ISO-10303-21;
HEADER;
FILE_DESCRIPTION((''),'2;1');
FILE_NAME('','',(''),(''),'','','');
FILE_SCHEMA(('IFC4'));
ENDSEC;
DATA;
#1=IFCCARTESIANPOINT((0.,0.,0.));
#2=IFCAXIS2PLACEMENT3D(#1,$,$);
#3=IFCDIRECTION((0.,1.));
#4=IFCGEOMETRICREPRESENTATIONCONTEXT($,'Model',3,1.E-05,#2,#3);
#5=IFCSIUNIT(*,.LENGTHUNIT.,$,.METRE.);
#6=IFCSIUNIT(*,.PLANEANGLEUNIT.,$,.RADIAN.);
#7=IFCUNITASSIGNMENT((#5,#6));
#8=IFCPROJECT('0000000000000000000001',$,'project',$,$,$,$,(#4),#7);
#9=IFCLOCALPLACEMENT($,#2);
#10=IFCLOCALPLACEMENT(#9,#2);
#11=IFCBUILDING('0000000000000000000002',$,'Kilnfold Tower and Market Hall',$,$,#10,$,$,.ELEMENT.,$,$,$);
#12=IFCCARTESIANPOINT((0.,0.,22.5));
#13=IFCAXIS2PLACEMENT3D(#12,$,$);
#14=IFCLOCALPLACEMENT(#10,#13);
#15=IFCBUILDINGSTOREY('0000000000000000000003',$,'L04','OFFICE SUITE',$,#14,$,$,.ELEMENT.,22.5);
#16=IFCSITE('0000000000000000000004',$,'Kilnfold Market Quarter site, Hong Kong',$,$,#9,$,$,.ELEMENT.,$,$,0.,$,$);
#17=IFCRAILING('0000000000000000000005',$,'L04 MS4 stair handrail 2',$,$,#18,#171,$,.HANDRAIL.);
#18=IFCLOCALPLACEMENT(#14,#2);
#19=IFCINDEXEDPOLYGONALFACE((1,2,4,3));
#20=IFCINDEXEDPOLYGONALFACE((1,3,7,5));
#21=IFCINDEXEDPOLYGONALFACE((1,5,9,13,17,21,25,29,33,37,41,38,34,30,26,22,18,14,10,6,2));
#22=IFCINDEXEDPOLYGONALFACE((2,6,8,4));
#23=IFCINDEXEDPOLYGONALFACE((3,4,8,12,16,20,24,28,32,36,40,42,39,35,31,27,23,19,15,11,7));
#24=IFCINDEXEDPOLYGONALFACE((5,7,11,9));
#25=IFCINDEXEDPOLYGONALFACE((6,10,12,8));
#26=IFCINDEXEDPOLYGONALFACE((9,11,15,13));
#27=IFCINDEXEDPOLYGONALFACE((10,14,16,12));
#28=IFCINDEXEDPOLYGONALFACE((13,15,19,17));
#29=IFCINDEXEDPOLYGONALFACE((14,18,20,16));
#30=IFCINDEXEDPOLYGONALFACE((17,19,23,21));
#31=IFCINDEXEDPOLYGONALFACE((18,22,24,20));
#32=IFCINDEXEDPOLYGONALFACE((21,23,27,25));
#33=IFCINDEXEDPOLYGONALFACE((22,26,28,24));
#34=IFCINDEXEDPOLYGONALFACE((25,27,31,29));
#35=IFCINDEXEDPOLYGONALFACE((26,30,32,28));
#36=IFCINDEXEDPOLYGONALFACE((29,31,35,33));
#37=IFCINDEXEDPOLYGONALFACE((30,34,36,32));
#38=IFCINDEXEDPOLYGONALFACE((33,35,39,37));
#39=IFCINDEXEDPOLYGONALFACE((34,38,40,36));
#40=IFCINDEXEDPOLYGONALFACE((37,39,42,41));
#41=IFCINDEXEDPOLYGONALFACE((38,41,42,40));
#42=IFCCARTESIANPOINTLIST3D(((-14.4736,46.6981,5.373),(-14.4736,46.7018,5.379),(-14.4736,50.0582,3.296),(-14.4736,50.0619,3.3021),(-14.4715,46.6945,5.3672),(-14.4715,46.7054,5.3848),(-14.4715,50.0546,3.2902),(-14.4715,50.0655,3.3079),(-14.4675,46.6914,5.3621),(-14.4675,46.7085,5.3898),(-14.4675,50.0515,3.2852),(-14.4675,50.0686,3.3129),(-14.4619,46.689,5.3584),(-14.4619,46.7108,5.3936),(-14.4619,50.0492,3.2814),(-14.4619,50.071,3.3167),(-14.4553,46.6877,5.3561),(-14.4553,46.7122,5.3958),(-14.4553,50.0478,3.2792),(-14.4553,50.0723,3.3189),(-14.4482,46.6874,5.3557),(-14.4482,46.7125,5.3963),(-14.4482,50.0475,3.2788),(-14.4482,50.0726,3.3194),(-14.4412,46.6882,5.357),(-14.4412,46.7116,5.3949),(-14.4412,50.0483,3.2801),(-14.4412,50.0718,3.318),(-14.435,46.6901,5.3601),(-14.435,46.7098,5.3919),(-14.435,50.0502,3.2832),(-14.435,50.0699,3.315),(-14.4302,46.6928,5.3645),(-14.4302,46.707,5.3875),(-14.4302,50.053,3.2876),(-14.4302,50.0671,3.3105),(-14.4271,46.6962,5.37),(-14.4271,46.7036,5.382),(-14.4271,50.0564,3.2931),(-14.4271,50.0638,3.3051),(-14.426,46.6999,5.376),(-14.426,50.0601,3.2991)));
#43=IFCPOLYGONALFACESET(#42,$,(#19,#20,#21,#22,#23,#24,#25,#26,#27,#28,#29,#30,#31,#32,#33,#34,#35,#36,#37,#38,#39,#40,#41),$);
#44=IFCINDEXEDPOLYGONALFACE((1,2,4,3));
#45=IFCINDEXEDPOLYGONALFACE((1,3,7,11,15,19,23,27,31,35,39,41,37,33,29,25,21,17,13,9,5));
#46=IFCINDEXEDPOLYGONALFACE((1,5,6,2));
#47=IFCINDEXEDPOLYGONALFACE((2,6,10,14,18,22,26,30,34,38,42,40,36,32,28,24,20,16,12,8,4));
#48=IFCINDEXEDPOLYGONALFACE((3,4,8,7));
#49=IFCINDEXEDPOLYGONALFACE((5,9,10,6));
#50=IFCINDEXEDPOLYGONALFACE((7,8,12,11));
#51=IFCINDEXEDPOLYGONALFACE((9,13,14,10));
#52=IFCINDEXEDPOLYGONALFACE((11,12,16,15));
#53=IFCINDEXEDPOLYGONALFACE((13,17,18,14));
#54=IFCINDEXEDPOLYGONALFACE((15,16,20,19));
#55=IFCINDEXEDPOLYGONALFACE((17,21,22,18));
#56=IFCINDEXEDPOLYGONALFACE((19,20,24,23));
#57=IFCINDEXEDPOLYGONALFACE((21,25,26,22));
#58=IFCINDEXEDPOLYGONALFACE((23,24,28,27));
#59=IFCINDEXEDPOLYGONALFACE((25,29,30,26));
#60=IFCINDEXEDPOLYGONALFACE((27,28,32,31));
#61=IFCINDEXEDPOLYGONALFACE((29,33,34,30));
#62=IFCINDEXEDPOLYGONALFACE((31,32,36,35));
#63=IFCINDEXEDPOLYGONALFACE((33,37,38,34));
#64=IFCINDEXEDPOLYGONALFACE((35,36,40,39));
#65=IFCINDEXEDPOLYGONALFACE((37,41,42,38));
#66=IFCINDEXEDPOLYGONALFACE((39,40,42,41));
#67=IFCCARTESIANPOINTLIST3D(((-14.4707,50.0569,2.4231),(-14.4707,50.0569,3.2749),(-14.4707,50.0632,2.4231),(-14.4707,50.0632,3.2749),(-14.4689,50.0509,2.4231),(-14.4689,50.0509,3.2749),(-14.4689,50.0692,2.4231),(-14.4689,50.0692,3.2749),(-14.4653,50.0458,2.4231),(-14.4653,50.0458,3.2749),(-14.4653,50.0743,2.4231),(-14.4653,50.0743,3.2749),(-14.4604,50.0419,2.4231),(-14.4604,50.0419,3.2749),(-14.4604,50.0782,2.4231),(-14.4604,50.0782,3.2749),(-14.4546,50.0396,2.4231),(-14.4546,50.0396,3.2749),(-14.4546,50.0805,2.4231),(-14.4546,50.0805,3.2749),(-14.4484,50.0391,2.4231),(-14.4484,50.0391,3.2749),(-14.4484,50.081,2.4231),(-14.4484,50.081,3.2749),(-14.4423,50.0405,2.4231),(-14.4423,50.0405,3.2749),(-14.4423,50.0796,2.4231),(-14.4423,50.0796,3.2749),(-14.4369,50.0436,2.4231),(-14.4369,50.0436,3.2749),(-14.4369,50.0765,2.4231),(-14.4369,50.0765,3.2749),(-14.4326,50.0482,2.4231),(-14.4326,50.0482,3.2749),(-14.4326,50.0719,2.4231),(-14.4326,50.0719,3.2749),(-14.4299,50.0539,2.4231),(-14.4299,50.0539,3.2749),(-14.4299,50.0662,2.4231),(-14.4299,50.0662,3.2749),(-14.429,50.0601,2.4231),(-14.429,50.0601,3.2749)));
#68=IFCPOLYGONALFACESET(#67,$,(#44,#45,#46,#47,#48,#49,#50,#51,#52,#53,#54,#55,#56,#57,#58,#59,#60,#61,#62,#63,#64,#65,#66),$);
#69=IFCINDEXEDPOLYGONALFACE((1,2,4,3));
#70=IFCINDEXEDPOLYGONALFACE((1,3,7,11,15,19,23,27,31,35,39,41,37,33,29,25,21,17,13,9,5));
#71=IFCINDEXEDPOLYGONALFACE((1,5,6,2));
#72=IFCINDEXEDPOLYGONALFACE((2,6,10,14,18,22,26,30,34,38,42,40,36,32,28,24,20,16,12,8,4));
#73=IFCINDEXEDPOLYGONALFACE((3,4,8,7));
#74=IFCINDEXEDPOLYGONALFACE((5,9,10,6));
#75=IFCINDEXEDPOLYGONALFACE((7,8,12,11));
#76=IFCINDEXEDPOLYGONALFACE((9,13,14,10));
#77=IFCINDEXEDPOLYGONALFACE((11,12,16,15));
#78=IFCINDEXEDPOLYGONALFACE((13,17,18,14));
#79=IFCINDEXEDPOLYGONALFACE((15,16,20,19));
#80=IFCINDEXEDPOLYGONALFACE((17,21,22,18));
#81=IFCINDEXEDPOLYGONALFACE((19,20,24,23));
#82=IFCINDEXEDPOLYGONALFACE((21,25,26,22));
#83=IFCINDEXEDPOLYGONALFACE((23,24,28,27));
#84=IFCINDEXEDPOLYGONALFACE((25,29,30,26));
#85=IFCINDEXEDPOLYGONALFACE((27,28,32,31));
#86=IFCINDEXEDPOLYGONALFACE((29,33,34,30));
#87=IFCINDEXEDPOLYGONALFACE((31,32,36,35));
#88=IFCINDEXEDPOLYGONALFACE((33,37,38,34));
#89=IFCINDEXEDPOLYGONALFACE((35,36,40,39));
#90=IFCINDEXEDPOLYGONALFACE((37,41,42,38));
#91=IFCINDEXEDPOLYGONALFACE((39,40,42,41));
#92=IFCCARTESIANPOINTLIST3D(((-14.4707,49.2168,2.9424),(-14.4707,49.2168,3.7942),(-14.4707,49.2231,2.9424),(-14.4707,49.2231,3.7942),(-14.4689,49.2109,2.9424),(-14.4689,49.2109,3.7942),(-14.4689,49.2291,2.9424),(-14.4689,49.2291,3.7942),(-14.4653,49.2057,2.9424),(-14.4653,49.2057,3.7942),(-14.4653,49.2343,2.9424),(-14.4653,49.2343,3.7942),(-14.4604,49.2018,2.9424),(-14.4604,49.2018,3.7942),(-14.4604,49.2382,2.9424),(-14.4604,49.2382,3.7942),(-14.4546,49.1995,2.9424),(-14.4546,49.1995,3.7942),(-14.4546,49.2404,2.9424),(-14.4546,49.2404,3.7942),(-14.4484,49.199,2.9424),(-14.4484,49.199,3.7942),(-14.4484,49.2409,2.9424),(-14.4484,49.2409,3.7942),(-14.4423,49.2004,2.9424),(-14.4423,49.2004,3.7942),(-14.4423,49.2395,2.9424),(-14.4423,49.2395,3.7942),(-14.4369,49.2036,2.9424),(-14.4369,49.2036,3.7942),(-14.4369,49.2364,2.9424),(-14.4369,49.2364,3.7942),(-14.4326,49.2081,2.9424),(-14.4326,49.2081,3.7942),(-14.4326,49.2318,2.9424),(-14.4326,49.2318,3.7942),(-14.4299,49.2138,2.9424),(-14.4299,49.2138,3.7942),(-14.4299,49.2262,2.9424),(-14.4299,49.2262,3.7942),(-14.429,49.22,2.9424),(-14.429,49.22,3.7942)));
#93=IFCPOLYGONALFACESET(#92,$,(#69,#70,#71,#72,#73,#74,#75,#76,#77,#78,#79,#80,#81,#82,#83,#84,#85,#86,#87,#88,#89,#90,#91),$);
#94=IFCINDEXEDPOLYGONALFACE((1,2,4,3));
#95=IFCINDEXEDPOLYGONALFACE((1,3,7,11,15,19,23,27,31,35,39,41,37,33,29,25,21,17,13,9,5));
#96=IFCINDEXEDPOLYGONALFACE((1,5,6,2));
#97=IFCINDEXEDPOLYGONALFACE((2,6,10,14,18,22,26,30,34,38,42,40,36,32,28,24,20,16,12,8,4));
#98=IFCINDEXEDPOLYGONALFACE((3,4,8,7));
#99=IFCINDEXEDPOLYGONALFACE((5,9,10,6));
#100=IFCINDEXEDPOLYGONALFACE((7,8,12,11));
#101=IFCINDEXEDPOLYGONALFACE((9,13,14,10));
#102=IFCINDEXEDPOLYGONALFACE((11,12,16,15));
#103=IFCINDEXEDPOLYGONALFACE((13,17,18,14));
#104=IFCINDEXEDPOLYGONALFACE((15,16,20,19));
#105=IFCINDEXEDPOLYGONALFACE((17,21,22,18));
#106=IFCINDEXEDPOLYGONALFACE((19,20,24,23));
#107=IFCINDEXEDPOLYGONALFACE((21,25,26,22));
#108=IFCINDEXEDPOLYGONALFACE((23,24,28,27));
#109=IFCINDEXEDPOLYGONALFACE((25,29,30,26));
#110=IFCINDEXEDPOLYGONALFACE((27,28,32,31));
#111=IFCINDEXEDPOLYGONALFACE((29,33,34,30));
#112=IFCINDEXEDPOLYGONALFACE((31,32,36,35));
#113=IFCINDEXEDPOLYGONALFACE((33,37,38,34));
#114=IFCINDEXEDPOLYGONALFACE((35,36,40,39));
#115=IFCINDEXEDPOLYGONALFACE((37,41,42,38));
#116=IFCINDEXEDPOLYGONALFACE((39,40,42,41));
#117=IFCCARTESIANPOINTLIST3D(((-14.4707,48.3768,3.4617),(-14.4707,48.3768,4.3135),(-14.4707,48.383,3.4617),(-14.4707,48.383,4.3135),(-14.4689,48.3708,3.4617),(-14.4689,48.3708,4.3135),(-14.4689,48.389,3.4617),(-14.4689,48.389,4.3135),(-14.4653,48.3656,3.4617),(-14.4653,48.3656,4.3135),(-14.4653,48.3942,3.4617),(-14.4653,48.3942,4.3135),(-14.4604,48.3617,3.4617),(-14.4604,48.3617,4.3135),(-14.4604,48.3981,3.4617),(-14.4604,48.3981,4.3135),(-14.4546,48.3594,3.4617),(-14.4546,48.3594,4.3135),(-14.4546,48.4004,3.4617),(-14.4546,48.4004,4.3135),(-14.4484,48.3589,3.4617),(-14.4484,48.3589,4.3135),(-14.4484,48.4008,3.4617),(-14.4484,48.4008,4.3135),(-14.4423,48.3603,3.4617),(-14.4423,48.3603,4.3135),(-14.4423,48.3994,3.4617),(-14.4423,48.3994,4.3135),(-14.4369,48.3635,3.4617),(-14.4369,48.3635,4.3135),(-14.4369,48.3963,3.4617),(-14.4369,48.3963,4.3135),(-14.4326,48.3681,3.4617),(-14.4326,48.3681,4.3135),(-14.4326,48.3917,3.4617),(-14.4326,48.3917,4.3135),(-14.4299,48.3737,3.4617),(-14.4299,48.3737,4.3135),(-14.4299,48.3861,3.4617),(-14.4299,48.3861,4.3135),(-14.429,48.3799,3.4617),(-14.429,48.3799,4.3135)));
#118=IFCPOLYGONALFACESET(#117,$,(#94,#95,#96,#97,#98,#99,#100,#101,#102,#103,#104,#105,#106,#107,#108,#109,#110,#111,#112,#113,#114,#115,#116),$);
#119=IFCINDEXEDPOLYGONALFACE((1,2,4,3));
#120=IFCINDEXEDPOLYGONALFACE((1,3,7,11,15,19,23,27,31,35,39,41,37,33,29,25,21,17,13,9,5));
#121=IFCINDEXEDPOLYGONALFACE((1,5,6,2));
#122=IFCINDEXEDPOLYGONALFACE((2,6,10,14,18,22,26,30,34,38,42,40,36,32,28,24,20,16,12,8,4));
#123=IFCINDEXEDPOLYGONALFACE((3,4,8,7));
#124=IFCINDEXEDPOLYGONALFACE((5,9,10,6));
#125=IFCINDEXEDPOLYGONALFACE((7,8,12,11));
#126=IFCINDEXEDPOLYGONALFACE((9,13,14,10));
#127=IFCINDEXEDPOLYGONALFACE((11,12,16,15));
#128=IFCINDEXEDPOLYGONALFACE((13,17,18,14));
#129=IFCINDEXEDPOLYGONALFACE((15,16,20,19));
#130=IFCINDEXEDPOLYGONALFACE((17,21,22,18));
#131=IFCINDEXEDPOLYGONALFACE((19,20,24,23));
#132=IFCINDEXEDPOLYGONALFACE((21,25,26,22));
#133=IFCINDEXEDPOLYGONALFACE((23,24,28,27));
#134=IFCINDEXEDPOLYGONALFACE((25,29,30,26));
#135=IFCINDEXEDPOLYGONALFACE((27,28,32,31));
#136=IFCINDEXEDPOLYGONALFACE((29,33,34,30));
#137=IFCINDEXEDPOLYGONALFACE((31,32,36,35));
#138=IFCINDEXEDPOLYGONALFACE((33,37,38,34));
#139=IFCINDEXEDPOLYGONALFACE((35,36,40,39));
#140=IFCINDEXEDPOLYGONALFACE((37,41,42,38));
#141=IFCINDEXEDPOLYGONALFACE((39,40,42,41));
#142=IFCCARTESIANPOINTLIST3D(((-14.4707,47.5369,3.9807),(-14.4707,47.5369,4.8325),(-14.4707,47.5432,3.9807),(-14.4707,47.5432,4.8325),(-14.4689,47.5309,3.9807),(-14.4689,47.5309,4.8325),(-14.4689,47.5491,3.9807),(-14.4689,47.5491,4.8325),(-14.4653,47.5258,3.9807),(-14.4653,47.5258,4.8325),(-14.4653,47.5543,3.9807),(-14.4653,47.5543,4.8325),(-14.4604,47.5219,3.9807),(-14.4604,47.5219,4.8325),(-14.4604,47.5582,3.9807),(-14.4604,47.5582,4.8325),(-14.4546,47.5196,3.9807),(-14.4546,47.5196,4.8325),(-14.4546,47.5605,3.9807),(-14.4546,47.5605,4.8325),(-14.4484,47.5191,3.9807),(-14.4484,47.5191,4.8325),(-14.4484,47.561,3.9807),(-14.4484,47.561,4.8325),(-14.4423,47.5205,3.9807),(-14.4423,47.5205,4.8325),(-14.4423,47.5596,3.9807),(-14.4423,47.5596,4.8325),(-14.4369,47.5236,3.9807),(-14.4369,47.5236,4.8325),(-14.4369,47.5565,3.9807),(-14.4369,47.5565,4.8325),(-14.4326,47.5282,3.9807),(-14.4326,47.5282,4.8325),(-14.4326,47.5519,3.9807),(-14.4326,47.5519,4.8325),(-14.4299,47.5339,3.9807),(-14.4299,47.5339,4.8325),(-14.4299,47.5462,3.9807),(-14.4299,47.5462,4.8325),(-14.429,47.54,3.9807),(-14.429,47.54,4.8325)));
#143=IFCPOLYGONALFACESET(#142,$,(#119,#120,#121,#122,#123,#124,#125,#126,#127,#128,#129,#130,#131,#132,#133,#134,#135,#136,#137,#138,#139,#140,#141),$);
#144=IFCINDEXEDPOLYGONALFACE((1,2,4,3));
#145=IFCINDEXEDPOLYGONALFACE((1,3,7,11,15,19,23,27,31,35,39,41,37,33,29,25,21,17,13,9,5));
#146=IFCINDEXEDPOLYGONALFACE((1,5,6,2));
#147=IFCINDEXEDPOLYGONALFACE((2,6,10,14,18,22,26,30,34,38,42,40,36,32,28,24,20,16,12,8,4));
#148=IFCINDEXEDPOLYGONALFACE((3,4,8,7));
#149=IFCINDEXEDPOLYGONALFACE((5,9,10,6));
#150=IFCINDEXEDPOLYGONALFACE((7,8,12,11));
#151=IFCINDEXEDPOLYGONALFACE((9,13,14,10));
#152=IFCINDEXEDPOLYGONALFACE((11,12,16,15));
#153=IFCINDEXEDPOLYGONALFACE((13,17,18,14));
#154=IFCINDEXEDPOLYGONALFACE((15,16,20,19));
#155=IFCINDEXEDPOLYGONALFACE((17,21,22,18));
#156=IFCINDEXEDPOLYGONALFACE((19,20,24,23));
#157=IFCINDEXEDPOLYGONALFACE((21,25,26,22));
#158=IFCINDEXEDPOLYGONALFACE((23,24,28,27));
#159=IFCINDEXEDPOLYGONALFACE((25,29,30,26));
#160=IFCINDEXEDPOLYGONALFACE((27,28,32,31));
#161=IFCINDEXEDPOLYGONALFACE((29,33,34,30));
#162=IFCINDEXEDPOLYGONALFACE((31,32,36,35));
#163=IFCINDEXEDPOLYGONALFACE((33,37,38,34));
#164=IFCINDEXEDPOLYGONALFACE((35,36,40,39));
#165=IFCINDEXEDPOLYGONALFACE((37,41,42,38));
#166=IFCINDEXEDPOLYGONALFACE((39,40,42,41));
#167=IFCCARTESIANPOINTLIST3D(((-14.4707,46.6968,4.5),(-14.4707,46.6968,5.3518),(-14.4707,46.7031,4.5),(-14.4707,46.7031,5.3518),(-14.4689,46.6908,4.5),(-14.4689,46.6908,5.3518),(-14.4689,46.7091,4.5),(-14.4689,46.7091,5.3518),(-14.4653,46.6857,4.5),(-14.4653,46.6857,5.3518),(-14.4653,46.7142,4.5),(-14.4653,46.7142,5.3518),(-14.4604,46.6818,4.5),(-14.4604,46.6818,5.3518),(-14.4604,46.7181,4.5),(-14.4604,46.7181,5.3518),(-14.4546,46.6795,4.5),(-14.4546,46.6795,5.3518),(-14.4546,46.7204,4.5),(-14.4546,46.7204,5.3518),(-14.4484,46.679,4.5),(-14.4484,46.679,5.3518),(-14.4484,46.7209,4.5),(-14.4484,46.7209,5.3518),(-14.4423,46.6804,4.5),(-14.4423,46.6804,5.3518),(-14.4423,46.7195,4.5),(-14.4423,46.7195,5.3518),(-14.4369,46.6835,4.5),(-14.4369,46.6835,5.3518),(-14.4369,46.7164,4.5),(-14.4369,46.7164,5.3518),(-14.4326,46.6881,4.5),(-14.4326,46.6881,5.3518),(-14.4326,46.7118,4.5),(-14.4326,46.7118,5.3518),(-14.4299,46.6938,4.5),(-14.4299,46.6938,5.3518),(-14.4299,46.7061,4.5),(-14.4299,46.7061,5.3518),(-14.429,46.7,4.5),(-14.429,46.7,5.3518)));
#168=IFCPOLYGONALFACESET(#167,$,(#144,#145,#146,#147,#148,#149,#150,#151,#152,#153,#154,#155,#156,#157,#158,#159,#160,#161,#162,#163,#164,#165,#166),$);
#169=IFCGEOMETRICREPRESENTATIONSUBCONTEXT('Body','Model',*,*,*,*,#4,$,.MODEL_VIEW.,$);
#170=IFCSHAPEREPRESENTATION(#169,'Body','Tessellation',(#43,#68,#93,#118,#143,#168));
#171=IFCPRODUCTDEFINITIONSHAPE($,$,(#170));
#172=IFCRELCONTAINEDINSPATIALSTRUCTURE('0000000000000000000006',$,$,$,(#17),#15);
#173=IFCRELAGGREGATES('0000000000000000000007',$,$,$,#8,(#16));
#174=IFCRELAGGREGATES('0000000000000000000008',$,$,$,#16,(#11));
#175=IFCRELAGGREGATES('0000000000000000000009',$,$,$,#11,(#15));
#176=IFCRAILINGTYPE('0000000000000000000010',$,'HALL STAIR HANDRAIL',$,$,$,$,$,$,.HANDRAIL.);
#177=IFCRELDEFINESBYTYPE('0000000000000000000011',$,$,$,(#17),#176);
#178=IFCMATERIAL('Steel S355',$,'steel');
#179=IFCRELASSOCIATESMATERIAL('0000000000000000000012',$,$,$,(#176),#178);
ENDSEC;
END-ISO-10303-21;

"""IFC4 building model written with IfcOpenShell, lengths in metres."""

from ifc_helpers import new_model, si_unit, direction, frame, origin, origin_2d, place, context, subcontext, project, spatial, circle, extrude, material, type_object, element, save


model = new_model("IFC4")

# Units and contexts
model_context = context("Model", 3, precision=1e-05, world=origin(), true_north=direction((0.0, 1.0)))
body_context = subcontext(model_context, "Body", "Model", "MODEL_VIEW")
ifc_project = project(units=[si_unit("LENGTHUNIT", "METRE"), si_unit("PLANEANGLEUNIT", "RADIAN")], contexts=[model_context])

# Site, building, storey
site_placement = place(None, origin())
site = spatial("IfcSite", under=ifc_project, at=site_placement, Name="Kilnfold Market Quarter site, Hong Kong", CompositionType="ELEMENT", RefElevation=0.0)
building_placement = place(site_placement, origin())
building = spatial("IfcBuilding", under=site, at=building_placement, Name="Kilnfold Tower and Market Hall", CompositionType="ELEMENT")
storey_placement = place(building_placement, frame((0.0, 0.0, 22.5)))
storey = spatial("IfcBuildingStorey", under=building, at=storey_placement, Name="L04", Description="OFFICE SUITE", CompositionType="ELEMENT", Elevation=22.5)

# Railing
ifc_material_1 = material(Name="Steel S355", Category="steel")
railing_type_1 = type_object("IfcRailingType", Name="HALL STAIR HANDRAIL", PredefinedType="HANDRAIL", material=ifc_material_1)
railing_1_placement = place(storey_placement, frame((-14.45, 50.0601, 2.4231)))
element("IfcRailing", 1, at=railing_1_placement, inside=storey, type_object=railing_type_1, Name="L04 MS4 stair handrail 2", PredefinedType="HANDRAIL", context=body_context, shape_type="SweptSolid", body=[
    extrude(circle(Radius=0.0239, at=origin_2d()), frame((0.0, 0.0, 0.876), z_axis=(0.0, -0.850623, 0.525776), x_axis=(1.0, 0.0, 0.0)), (0.0, 0.0, 1.0), 3.9502),
    extrude(circle(Radius=0.021, at=origin_2d()), origin(), (0.0, 0.0, 1.0), 0.8518),
    extrude(circle(Radius=0.021, at=origin_2d()), frame((0.0, -0.8401, 0.5193)), (0.0, 0.0, 1.0), 0.8518),
    extrude(circle(Radius=0.021, at=origin_2d()), frame((0.0, -1.6802, 1.0386)), (0.0, 0.0, 1.0), 0.8518),
    extrude(circle(Radius=0.021, at=origin_2d()), frame((0.0, -2.52, 1.5576)), (0.0, 0.0, 1.0), 0.8518),
    extrude(circle(Radius=0.021, at=origin_2d()), frame((0.0, -3.3601, 2.0769)), (0.0, 0.0, 1.0), 0.8518),
])

save(model, "model.ifc")
